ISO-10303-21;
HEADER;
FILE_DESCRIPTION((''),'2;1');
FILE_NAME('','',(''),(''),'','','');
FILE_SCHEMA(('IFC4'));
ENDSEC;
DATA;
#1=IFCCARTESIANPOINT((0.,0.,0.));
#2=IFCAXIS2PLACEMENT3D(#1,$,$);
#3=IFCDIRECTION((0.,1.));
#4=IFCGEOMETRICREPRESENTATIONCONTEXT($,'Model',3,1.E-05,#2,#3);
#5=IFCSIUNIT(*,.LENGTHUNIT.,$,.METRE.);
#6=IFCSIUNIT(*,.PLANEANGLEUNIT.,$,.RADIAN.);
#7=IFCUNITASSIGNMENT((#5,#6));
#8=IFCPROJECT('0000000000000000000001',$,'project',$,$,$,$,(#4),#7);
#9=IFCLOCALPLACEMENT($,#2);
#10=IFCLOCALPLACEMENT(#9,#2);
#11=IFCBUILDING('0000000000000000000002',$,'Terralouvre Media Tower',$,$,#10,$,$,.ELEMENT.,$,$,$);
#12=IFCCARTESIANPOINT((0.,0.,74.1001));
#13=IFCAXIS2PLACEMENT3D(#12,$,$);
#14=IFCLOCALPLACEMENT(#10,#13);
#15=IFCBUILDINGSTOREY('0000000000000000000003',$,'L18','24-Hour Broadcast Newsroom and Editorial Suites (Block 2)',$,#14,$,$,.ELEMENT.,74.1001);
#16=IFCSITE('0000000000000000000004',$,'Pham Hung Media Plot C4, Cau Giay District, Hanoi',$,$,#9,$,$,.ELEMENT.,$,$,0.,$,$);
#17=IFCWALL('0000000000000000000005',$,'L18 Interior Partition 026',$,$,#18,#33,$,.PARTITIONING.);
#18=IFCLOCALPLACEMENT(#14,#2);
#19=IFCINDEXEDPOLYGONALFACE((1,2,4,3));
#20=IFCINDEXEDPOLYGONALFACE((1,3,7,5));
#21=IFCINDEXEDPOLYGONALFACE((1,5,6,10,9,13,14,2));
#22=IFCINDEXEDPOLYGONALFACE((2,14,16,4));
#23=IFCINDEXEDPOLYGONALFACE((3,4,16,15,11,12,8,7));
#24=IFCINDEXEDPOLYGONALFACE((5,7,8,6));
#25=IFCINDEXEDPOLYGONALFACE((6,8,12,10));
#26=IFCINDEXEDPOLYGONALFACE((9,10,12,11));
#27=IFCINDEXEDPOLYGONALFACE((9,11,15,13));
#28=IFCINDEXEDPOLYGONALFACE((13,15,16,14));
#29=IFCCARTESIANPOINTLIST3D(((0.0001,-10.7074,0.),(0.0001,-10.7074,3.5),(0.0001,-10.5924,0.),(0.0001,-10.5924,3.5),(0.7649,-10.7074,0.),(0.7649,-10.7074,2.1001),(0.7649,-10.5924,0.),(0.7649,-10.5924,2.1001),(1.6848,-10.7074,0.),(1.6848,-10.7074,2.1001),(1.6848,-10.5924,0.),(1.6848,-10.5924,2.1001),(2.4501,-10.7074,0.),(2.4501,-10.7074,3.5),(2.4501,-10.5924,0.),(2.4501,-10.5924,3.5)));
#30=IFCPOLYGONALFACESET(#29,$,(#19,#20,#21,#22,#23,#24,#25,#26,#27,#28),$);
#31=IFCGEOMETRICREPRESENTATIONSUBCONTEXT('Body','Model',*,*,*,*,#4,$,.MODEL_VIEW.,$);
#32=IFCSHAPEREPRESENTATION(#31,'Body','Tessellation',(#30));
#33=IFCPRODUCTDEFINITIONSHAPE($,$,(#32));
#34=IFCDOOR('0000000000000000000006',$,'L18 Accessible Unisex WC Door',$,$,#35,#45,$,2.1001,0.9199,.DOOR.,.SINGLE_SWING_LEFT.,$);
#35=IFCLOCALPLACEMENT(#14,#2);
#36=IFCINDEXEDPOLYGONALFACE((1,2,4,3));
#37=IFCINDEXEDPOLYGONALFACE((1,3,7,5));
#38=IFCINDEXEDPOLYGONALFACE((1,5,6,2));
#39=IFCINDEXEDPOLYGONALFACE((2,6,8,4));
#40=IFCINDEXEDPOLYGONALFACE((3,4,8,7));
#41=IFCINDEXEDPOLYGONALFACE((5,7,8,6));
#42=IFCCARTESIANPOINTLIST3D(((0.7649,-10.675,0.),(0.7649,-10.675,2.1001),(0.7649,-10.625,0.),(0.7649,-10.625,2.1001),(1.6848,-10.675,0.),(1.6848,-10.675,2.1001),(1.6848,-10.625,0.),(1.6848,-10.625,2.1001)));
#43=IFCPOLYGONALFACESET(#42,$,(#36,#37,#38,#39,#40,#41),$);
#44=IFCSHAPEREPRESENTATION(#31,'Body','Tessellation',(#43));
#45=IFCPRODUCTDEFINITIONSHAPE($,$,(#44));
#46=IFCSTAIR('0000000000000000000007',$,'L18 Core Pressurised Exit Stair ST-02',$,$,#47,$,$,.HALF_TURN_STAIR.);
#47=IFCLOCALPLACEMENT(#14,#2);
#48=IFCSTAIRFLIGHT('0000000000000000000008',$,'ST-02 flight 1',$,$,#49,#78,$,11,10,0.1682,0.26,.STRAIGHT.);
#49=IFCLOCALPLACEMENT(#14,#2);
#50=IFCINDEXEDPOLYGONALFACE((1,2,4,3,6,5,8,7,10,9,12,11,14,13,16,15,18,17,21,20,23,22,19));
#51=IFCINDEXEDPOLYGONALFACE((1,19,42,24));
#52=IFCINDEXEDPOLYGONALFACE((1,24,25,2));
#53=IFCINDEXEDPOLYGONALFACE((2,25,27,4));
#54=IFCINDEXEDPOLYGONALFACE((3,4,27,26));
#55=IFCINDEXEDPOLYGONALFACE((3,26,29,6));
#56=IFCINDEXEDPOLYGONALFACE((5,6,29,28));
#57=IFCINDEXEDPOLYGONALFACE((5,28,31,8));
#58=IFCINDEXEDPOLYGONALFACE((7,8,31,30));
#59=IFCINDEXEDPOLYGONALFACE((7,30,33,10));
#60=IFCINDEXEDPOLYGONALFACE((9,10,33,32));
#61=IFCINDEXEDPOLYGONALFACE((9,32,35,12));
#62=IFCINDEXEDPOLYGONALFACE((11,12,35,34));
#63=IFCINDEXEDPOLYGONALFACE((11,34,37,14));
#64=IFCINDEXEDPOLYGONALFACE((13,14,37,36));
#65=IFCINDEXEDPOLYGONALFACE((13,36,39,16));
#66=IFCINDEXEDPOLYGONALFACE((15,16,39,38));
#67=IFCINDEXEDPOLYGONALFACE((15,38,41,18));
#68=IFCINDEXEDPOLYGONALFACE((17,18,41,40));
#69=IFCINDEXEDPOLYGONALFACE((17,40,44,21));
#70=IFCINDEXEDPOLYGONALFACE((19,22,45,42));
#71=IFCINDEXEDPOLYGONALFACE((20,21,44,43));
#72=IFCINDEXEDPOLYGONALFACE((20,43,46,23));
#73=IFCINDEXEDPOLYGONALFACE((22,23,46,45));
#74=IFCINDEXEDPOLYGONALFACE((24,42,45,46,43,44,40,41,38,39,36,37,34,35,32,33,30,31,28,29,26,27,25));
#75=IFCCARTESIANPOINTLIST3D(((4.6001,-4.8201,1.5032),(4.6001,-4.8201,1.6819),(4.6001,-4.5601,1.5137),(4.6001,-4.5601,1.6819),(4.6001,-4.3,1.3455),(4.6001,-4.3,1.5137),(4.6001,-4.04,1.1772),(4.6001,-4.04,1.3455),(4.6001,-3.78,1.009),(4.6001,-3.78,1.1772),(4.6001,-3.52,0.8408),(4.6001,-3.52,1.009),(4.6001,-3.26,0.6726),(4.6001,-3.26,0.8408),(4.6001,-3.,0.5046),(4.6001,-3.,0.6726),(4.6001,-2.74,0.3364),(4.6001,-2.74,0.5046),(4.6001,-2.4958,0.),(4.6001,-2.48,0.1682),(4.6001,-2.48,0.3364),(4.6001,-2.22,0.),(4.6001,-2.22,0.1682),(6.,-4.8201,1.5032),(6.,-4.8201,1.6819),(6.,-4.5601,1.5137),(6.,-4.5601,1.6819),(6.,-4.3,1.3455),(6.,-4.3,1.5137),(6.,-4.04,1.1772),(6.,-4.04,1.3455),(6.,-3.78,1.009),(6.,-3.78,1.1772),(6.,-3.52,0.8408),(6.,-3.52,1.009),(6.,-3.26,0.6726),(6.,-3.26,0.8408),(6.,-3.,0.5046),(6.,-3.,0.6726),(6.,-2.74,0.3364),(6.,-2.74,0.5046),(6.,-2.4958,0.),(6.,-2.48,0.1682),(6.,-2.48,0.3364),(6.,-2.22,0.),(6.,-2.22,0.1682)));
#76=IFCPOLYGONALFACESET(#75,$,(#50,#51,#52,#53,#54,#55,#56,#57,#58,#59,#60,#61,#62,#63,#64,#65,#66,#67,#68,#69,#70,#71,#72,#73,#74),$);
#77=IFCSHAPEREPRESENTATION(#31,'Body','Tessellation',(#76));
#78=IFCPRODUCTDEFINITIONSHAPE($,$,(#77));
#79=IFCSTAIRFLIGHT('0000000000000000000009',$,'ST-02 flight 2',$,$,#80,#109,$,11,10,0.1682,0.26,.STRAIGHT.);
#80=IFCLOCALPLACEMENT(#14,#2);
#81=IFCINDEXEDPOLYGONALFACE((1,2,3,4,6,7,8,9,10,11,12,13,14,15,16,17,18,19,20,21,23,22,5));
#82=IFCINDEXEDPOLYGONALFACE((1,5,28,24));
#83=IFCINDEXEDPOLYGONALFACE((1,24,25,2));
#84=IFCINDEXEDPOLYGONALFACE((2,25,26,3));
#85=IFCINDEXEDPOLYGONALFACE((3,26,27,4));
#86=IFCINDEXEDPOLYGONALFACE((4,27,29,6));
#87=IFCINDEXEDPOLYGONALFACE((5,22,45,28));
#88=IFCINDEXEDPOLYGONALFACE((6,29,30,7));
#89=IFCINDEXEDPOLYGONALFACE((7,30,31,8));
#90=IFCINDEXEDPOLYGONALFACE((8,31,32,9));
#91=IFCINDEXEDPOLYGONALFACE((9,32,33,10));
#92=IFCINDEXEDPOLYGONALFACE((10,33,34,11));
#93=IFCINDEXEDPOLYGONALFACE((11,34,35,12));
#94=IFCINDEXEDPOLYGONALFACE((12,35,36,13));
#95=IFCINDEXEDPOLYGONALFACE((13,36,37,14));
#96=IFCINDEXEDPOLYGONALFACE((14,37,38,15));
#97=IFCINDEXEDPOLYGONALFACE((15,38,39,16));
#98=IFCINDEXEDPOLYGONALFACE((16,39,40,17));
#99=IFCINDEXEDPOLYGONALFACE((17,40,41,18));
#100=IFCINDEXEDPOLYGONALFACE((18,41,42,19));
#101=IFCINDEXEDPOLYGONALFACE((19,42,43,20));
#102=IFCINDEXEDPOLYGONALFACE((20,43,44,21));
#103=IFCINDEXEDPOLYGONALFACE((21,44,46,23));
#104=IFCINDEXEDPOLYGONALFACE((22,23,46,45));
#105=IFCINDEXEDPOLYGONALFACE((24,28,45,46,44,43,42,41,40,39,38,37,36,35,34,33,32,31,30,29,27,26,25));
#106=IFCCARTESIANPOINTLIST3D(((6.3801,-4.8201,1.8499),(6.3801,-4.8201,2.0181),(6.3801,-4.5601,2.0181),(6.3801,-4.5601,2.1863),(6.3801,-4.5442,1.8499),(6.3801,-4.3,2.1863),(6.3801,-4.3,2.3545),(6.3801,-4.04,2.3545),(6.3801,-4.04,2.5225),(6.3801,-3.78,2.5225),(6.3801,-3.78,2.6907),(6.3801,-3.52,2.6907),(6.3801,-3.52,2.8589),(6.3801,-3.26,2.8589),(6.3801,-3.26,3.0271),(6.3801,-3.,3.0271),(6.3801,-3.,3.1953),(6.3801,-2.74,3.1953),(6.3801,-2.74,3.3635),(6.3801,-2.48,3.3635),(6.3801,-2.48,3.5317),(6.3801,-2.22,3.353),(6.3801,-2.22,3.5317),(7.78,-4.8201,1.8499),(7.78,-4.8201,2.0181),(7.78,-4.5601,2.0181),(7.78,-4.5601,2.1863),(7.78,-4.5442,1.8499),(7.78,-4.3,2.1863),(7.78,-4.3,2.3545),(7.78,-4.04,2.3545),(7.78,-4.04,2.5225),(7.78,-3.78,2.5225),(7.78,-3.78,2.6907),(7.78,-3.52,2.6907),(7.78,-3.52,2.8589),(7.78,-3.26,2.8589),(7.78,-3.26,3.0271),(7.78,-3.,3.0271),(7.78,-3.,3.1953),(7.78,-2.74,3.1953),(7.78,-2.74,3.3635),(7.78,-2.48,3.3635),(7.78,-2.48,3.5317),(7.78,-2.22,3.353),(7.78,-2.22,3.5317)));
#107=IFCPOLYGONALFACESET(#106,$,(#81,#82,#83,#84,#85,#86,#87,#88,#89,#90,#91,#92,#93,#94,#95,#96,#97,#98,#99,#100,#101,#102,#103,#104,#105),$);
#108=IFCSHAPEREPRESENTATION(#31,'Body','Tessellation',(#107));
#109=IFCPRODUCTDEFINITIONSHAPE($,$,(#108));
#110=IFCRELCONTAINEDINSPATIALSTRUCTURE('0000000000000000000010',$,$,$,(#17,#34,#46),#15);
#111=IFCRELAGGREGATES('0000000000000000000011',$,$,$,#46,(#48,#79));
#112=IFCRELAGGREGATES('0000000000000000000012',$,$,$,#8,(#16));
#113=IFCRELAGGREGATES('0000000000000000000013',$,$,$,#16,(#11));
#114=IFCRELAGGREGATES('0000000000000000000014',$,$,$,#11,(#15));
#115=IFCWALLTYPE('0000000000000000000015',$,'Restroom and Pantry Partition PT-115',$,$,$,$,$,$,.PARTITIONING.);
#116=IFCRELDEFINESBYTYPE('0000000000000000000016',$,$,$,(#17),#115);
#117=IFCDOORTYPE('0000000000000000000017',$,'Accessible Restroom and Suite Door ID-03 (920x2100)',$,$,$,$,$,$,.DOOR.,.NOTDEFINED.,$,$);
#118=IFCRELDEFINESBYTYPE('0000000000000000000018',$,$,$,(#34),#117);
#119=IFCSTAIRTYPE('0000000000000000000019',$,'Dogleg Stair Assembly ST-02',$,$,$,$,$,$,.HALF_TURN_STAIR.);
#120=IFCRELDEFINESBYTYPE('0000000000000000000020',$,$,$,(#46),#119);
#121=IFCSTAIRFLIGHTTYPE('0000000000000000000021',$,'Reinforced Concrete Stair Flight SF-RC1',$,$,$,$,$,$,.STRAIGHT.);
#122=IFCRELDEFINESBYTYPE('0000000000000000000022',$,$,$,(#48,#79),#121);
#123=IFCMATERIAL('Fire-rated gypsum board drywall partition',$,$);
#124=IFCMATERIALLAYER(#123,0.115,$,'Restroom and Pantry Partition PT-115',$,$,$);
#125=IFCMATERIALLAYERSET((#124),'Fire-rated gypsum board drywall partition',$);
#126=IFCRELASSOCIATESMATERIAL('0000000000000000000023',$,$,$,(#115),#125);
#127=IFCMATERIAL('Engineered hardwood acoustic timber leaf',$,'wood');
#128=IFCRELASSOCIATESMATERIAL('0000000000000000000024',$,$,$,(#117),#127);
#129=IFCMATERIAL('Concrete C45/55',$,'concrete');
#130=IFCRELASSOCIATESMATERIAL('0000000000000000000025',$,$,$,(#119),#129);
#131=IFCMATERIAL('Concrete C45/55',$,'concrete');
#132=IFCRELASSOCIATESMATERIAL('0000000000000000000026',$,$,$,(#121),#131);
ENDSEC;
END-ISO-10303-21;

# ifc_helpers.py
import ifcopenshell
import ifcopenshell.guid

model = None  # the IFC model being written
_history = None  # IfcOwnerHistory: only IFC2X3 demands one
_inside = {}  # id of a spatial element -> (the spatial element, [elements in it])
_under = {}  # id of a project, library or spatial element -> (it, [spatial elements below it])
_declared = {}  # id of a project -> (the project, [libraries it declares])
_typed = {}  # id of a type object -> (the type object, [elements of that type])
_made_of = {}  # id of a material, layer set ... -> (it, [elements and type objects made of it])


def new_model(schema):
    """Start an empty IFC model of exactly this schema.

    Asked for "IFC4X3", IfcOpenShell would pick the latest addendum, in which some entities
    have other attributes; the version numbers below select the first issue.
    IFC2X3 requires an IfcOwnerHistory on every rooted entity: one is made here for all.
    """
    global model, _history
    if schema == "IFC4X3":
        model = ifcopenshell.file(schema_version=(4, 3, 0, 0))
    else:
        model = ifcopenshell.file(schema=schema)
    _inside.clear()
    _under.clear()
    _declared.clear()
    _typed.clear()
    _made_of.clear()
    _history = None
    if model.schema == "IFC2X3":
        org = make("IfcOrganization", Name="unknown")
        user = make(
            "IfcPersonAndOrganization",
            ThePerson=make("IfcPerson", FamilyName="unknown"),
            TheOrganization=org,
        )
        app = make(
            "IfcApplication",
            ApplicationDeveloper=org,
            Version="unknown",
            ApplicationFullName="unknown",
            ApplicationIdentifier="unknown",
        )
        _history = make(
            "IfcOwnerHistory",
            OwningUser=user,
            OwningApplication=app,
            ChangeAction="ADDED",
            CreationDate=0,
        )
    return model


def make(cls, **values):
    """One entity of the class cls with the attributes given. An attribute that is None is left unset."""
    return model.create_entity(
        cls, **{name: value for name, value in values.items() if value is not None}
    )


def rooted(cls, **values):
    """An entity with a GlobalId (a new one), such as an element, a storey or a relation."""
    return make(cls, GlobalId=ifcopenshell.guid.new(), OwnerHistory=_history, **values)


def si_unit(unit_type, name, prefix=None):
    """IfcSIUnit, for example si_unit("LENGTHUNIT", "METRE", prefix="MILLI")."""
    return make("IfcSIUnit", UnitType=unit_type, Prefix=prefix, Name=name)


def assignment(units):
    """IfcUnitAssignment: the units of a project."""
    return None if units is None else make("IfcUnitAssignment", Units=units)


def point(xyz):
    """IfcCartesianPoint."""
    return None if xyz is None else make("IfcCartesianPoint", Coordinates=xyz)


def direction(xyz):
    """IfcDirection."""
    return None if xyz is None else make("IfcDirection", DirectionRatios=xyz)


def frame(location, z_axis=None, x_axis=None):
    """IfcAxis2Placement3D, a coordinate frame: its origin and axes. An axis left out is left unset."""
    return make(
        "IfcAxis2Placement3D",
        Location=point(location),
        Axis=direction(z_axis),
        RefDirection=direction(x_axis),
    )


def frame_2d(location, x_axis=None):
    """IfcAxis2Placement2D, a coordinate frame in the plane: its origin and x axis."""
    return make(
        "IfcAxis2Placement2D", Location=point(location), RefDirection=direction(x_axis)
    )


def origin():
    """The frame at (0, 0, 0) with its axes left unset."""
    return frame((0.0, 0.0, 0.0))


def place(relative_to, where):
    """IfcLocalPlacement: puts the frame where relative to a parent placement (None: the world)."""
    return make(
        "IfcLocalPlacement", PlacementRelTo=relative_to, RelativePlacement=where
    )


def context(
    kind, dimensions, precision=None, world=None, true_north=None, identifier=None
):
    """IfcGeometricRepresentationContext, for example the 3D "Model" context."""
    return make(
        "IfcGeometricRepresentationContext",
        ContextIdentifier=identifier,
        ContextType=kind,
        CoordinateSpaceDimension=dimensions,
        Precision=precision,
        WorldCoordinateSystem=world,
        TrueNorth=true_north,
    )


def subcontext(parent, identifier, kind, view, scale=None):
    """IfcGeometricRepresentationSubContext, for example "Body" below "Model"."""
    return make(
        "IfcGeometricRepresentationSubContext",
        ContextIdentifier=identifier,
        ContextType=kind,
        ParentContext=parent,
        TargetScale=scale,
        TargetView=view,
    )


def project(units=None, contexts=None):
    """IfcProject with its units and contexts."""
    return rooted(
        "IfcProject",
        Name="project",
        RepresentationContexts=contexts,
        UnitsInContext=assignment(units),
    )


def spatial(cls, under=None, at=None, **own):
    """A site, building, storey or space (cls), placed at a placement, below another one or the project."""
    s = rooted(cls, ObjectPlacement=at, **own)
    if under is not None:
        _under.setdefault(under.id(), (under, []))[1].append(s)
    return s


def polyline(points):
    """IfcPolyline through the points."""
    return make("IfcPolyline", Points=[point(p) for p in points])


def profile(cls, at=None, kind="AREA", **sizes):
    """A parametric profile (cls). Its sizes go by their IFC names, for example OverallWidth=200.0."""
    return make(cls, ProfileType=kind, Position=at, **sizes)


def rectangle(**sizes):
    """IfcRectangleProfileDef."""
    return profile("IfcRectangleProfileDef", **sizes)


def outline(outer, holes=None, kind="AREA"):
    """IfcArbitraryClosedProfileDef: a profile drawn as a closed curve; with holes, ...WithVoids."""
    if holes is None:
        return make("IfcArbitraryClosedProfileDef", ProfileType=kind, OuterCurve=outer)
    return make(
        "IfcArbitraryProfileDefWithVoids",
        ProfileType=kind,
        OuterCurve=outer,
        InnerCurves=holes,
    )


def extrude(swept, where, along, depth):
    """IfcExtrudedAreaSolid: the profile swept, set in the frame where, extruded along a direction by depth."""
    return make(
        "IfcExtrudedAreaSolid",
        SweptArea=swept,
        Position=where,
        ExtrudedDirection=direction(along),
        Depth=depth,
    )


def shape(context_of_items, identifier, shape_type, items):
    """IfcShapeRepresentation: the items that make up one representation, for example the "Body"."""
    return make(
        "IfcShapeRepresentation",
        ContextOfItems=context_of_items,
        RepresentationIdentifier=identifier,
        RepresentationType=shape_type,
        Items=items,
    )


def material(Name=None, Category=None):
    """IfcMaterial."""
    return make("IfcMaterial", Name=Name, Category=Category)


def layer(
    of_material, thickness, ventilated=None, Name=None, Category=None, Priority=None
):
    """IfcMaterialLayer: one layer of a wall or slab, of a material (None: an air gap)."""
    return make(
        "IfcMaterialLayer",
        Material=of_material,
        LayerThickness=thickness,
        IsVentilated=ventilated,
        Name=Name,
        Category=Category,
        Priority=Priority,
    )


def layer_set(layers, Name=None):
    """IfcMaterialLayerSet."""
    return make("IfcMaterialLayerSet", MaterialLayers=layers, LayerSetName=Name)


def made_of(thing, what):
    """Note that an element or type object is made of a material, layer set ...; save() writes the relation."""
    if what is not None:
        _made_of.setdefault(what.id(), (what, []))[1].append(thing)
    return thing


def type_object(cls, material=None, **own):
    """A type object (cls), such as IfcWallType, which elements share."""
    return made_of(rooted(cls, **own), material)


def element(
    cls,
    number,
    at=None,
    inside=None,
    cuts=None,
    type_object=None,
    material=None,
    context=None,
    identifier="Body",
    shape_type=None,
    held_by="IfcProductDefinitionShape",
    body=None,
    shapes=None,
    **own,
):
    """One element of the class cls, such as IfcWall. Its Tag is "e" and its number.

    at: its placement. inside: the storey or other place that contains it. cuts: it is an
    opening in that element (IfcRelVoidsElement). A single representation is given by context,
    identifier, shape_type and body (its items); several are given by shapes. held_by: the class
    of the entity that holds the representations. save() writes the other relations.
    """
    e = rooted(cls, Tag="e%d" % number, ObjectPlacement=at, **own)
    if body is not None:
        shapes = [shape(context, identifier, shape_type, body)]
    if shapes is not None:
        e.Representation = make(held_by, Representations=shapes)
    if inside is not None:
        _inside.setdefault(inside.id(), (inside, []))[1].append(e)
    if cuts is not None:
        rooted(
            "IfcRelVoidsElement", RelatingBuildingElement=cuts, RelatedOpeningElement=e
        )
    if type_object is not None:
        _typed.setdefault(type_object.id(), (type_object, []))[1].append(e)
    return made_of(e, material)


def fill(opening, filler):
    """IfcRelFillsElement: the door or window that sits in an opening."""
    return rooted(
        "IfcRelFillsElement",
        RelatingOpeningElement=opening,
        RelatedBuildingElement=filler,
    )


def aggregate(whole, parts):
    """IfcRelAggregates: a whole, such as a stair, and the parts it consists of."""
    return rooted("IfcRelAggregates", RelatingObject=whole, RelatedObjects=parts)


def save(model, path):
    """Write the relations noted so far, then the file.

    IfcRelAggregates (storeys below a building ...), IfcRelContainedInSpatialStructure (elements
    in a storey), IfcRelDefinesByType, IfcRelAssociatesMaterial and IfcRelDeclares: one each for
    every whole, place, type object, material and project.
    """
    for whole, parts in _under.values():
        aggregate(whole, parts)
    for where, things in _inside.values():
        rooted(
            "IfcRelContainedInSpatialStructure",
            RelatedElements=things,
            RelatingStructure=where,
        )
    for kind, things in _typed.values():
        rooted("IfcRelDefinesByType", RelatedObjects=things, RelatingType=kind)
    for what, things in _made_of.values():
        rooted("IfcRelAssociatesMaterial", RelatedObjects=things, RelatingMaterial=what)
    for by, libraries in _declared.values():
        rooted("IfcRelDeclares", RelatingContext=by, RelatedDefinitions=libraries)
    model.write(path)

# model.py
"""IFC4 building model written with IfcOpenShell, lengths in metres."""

from ifc_helpers import new_model, si_unit, direction, frame, frame_2d, origin, place, context, subcontext, project, spatial, polyline, rectangle, outline, extrude, material, layer, layer_set, type_object, element, fill, aggregate, save


model = new_model("IFC4")

# Units and contexts
model_context = context("Model", 3, precision=1e-05, world=origin(), true_north=direction((0.0, 1.0)))
body_context = subcontext(model_context, "Body", "Model", "MODEL_VIEW")
ifc_project = project(units=[si_unit("LENGTHUNIT", "METRE"), si_unit("PLANEANGLEUNIT", "RADIAN")], contexts=[model_context])

# Site, building, storey
site_placement = place(None, origin())
site = spatial("IfcSite", under=ifc_project, at=site_placement, Name="Pham Hung Media Plot C4, Cau Giay District, Hanoi", CompositionType="ELEMENT", RefElevation=0.0)
building_placement = place(site_placement, origin())
building = spatial("IfcBuilding", under=site, at=building_placement, Name="Terralouvre Media Tower", CompositionType="ELEMENT")
storey_placement = place(building_placement, frame((0.0, 0.0, 74.1001)))
storey = spatial("IfcBuildingStorey", under=building, at=storey_placement, Name="L18", Description="24-Hour Broadcast Newsroom and Editorial Suites (Block 2)", CompositionType="ELEMENT", Elevation=74.1001)

# Wall, opening, door
ifc_material_1 = material(Name="Fire-rated gypsum board drywall partition")
ifc_layer_1 = layer(ifc_material_1, 0.115, Name="Restroom and Pantry Partition PT-115")
ifc_layer_set_1 = layer_set([ifc_layer_1], Name="Fire-rated gypsum board drywall partition")
wall_type_1 = type_object("IfcWallType", Name="Restroom and Pantry Partition PT-115", PredefinedType="PARTITIONING", material=ifc_layer_set_1)
wall_1_placement = place(storey_placement, frame((0.0, -10.6499, 0.0), z_axis=(0.0, 0.0, 1.0), x_axis=(1.0, 0.0, 0.0)))
wall_1 = element("IfcWall", 1, at=wall_1_placement, inside=storey, type_object=wall_type_1, Name="L18 Interior Partition 026", PredefinedType="PARTITIONING", context=body_context, shape_type="SweptSolid", body=[
    extrude(rectangle(XDim=2.45, YDim=0.115, at=frame_2d((1.2251, 0.0))), origin(), (0.0, 0.0, 1.0), 3.5),
])
opening_1_placement = place(wall_1_placement, frame((0.7649, 0.0, 0.0)))
opening_1 = element("IfcOpeningElement", 2, at=opening_1_placement, cuts=wall_1, PredefinedType="OPENING", context=body_context, shape_type="SweptSolid", body=[
    extrude(rectangle(XDim=0.9199, YDim=2.1001, at=frame_2d((0.46, 1.05))), frame((0.0, 0.0674, 0.0), z_axis=(0.0, -1.0, 0.0), x_axis=(1.0, 0.0, 0.0)), (0.0, 0.0, 1.0), 0.135),
])
ifc_material_2 = material(Name="Engineered hardwood acoustic timber leaf", Category="wood")
door_type_1 = type_object("IfcDoorType", Name="Accessible Restroom and Suite Door ID-03 (920x2100)", OperationType="NOTDEFINED", PredefinedType="DOOR", material=ifc_material_2)
door_1_placement = place(opening_1_placement, origin())
door_1 = element("IfcDoor", 3, at=door_1_placement, inside=storey, type_object=door_type_1, Name="L18 Accessible Unisex WC Door", OperationType="SINGLE_SWING_LEFT", OverallHeight=2.1001, OverallWidth=0.9199, PredefinedType="DOOR", context=body_context, shape_type="SweptSolid", body=[
    extrude(rectangle(XDim=0.9199, YDim=2.1001, at=frame_2d((0.46, 1.05))), frame((0.0, 0.0249, 0.0), z_axis=(0.0, -1.0, 0.0), x_axis=(1.0, 0.0, 0.0)), (0.0, 0.0, 1.0), 0.05),
])
fill(opening_1, door_1)

# Stair, stair flights
ifc_material_3 = material(Name="Concrete C45/55", Category="concrete")
stair_type = type_object("IfcStairType", Name="Dogleg Stair Assembly ST-02", PredefinedType="HALF_TURN_STAIR", material=ifc_material_3)
stair_placement = place(storey_placement, origin())
stair = element("IfcStair", 4, at=stair_placement, inside=storey, type_object=stair_type, Name="L18 Core Pressurised Exit Stair ST-02", PredefinedType="HALF_TURN_STAIR")
ifc_material_4 = material(Name="Concrete C45/55", Category="concrete")
stair_flight_type = type_object("IfcStairFlightType", Name="Reinforced Concrete Stair Flight SF-RC1", PredefinedType="STRAIGHT", material=ifc_material_4)
stair_flight_1_placement = place(storey_placement, frame((5.3, -2.22, 0.0), z_axis=(0.0, 0.0, 1.0), x_axis=(0.0, -1.0, 0.0)))
stair_flight_1 = element("IfcStairFlight", 5, at=stair_flight_1_placement, type_object=stair_flight_type, Name="ST-02 flight 1", NumberOfRisers=11, NumberOfTreads=10, PredefinedType="STRAIGHT", RiserHeight=0.1682, TreadLength=0.26, context=body_context, shape_type="SweptSolid", body=[
    extrude(outline(polyline([(0.0, 0.0), (0.0, 0.1682), (0.26, 0.1682), (0.26, 0.3364), (0.52, 0.3364), (0.52, 0.5046), (0.78, 0.5046), (0.78, 0.6726), (1.04, 0.6726), (1.04, 0.8408), (1.3, 0.8408), (1.3, 1.009), (1.5601, 1.009), (1.5601, 1.1772), (1.8201, 1.1772), (1.8201, 1.3455), (2.0801, 1.3455), (2.0801, 1.5137), (2.3401, 1.5137), (2.3401, 1.6819), (2.6001, 1.6819), (2.6001, 1.8501), (2.6001, 1.5032), (0.2759, 0.0), (0.0, 0.0)])), frame((0.0, 0.7, 0.0), z_axis=(0.0, -1.0, 0.0), x_axis=(1.0, 0.0, 0.0)), (0.0, 0.0, 1.0), 1.3999),
])
stair_flight_2_placement = place(storey_placement, frame((7.0801, -4.8201, 1.8499), z_axis=(0.0, 0.0, 1.0), x_axis=(0.0, 1.0, 0.0)))
stair_flight_2 = element("IfcStairFlight", 6, at=stair_flight_2_placement, type_object=stair_flight_type, Name="ST-02 flight 2", NumberOfRisers=11, NumberOfTreads=10, PredefinedType="STRAIGHT", RiserHeight=0.1682, TreadLength=0.26, context=body_context, shape_type="SweptSolid", body=[
    extrude(outline(polyline([(0.0, 0.0), (0.0, 0.1682), (0.26, 0.1682), (0.26, 0.3364), (0.52, 0.3364), (0.52, 0.5046), (0.78, 0.5046), (0.78, 0.6726), (1.04, 0.6726), (1.04, 0.8408), (1.3, 0.8408), (1.3, 1.009), (1.5601, 1.009), (1.5601, 1.1772), (1.8201, 1.1772), (1.8201, 1.3455), (2.0801, 1.3455), (2.0801, 1.5137), (2.3401, 1.5137), (2.3401, 1.6819), (2.6001, 1.6819), (2.6001, 1.8501), (2.6001, 1.5032), (0.2759, 0.0), (0.0, 0.0)])), frame((0.0, 0.7, 0.0), z_axis=(0.0, -1.0, 0.0), x_axis=(1.0, 0.0, 0.0)), (0.0, 0.0, 1.0), 1.3999),
])
aggregate(stair, [stair_flight_1, stair_flight_2])

save(model, "model.ifc")
